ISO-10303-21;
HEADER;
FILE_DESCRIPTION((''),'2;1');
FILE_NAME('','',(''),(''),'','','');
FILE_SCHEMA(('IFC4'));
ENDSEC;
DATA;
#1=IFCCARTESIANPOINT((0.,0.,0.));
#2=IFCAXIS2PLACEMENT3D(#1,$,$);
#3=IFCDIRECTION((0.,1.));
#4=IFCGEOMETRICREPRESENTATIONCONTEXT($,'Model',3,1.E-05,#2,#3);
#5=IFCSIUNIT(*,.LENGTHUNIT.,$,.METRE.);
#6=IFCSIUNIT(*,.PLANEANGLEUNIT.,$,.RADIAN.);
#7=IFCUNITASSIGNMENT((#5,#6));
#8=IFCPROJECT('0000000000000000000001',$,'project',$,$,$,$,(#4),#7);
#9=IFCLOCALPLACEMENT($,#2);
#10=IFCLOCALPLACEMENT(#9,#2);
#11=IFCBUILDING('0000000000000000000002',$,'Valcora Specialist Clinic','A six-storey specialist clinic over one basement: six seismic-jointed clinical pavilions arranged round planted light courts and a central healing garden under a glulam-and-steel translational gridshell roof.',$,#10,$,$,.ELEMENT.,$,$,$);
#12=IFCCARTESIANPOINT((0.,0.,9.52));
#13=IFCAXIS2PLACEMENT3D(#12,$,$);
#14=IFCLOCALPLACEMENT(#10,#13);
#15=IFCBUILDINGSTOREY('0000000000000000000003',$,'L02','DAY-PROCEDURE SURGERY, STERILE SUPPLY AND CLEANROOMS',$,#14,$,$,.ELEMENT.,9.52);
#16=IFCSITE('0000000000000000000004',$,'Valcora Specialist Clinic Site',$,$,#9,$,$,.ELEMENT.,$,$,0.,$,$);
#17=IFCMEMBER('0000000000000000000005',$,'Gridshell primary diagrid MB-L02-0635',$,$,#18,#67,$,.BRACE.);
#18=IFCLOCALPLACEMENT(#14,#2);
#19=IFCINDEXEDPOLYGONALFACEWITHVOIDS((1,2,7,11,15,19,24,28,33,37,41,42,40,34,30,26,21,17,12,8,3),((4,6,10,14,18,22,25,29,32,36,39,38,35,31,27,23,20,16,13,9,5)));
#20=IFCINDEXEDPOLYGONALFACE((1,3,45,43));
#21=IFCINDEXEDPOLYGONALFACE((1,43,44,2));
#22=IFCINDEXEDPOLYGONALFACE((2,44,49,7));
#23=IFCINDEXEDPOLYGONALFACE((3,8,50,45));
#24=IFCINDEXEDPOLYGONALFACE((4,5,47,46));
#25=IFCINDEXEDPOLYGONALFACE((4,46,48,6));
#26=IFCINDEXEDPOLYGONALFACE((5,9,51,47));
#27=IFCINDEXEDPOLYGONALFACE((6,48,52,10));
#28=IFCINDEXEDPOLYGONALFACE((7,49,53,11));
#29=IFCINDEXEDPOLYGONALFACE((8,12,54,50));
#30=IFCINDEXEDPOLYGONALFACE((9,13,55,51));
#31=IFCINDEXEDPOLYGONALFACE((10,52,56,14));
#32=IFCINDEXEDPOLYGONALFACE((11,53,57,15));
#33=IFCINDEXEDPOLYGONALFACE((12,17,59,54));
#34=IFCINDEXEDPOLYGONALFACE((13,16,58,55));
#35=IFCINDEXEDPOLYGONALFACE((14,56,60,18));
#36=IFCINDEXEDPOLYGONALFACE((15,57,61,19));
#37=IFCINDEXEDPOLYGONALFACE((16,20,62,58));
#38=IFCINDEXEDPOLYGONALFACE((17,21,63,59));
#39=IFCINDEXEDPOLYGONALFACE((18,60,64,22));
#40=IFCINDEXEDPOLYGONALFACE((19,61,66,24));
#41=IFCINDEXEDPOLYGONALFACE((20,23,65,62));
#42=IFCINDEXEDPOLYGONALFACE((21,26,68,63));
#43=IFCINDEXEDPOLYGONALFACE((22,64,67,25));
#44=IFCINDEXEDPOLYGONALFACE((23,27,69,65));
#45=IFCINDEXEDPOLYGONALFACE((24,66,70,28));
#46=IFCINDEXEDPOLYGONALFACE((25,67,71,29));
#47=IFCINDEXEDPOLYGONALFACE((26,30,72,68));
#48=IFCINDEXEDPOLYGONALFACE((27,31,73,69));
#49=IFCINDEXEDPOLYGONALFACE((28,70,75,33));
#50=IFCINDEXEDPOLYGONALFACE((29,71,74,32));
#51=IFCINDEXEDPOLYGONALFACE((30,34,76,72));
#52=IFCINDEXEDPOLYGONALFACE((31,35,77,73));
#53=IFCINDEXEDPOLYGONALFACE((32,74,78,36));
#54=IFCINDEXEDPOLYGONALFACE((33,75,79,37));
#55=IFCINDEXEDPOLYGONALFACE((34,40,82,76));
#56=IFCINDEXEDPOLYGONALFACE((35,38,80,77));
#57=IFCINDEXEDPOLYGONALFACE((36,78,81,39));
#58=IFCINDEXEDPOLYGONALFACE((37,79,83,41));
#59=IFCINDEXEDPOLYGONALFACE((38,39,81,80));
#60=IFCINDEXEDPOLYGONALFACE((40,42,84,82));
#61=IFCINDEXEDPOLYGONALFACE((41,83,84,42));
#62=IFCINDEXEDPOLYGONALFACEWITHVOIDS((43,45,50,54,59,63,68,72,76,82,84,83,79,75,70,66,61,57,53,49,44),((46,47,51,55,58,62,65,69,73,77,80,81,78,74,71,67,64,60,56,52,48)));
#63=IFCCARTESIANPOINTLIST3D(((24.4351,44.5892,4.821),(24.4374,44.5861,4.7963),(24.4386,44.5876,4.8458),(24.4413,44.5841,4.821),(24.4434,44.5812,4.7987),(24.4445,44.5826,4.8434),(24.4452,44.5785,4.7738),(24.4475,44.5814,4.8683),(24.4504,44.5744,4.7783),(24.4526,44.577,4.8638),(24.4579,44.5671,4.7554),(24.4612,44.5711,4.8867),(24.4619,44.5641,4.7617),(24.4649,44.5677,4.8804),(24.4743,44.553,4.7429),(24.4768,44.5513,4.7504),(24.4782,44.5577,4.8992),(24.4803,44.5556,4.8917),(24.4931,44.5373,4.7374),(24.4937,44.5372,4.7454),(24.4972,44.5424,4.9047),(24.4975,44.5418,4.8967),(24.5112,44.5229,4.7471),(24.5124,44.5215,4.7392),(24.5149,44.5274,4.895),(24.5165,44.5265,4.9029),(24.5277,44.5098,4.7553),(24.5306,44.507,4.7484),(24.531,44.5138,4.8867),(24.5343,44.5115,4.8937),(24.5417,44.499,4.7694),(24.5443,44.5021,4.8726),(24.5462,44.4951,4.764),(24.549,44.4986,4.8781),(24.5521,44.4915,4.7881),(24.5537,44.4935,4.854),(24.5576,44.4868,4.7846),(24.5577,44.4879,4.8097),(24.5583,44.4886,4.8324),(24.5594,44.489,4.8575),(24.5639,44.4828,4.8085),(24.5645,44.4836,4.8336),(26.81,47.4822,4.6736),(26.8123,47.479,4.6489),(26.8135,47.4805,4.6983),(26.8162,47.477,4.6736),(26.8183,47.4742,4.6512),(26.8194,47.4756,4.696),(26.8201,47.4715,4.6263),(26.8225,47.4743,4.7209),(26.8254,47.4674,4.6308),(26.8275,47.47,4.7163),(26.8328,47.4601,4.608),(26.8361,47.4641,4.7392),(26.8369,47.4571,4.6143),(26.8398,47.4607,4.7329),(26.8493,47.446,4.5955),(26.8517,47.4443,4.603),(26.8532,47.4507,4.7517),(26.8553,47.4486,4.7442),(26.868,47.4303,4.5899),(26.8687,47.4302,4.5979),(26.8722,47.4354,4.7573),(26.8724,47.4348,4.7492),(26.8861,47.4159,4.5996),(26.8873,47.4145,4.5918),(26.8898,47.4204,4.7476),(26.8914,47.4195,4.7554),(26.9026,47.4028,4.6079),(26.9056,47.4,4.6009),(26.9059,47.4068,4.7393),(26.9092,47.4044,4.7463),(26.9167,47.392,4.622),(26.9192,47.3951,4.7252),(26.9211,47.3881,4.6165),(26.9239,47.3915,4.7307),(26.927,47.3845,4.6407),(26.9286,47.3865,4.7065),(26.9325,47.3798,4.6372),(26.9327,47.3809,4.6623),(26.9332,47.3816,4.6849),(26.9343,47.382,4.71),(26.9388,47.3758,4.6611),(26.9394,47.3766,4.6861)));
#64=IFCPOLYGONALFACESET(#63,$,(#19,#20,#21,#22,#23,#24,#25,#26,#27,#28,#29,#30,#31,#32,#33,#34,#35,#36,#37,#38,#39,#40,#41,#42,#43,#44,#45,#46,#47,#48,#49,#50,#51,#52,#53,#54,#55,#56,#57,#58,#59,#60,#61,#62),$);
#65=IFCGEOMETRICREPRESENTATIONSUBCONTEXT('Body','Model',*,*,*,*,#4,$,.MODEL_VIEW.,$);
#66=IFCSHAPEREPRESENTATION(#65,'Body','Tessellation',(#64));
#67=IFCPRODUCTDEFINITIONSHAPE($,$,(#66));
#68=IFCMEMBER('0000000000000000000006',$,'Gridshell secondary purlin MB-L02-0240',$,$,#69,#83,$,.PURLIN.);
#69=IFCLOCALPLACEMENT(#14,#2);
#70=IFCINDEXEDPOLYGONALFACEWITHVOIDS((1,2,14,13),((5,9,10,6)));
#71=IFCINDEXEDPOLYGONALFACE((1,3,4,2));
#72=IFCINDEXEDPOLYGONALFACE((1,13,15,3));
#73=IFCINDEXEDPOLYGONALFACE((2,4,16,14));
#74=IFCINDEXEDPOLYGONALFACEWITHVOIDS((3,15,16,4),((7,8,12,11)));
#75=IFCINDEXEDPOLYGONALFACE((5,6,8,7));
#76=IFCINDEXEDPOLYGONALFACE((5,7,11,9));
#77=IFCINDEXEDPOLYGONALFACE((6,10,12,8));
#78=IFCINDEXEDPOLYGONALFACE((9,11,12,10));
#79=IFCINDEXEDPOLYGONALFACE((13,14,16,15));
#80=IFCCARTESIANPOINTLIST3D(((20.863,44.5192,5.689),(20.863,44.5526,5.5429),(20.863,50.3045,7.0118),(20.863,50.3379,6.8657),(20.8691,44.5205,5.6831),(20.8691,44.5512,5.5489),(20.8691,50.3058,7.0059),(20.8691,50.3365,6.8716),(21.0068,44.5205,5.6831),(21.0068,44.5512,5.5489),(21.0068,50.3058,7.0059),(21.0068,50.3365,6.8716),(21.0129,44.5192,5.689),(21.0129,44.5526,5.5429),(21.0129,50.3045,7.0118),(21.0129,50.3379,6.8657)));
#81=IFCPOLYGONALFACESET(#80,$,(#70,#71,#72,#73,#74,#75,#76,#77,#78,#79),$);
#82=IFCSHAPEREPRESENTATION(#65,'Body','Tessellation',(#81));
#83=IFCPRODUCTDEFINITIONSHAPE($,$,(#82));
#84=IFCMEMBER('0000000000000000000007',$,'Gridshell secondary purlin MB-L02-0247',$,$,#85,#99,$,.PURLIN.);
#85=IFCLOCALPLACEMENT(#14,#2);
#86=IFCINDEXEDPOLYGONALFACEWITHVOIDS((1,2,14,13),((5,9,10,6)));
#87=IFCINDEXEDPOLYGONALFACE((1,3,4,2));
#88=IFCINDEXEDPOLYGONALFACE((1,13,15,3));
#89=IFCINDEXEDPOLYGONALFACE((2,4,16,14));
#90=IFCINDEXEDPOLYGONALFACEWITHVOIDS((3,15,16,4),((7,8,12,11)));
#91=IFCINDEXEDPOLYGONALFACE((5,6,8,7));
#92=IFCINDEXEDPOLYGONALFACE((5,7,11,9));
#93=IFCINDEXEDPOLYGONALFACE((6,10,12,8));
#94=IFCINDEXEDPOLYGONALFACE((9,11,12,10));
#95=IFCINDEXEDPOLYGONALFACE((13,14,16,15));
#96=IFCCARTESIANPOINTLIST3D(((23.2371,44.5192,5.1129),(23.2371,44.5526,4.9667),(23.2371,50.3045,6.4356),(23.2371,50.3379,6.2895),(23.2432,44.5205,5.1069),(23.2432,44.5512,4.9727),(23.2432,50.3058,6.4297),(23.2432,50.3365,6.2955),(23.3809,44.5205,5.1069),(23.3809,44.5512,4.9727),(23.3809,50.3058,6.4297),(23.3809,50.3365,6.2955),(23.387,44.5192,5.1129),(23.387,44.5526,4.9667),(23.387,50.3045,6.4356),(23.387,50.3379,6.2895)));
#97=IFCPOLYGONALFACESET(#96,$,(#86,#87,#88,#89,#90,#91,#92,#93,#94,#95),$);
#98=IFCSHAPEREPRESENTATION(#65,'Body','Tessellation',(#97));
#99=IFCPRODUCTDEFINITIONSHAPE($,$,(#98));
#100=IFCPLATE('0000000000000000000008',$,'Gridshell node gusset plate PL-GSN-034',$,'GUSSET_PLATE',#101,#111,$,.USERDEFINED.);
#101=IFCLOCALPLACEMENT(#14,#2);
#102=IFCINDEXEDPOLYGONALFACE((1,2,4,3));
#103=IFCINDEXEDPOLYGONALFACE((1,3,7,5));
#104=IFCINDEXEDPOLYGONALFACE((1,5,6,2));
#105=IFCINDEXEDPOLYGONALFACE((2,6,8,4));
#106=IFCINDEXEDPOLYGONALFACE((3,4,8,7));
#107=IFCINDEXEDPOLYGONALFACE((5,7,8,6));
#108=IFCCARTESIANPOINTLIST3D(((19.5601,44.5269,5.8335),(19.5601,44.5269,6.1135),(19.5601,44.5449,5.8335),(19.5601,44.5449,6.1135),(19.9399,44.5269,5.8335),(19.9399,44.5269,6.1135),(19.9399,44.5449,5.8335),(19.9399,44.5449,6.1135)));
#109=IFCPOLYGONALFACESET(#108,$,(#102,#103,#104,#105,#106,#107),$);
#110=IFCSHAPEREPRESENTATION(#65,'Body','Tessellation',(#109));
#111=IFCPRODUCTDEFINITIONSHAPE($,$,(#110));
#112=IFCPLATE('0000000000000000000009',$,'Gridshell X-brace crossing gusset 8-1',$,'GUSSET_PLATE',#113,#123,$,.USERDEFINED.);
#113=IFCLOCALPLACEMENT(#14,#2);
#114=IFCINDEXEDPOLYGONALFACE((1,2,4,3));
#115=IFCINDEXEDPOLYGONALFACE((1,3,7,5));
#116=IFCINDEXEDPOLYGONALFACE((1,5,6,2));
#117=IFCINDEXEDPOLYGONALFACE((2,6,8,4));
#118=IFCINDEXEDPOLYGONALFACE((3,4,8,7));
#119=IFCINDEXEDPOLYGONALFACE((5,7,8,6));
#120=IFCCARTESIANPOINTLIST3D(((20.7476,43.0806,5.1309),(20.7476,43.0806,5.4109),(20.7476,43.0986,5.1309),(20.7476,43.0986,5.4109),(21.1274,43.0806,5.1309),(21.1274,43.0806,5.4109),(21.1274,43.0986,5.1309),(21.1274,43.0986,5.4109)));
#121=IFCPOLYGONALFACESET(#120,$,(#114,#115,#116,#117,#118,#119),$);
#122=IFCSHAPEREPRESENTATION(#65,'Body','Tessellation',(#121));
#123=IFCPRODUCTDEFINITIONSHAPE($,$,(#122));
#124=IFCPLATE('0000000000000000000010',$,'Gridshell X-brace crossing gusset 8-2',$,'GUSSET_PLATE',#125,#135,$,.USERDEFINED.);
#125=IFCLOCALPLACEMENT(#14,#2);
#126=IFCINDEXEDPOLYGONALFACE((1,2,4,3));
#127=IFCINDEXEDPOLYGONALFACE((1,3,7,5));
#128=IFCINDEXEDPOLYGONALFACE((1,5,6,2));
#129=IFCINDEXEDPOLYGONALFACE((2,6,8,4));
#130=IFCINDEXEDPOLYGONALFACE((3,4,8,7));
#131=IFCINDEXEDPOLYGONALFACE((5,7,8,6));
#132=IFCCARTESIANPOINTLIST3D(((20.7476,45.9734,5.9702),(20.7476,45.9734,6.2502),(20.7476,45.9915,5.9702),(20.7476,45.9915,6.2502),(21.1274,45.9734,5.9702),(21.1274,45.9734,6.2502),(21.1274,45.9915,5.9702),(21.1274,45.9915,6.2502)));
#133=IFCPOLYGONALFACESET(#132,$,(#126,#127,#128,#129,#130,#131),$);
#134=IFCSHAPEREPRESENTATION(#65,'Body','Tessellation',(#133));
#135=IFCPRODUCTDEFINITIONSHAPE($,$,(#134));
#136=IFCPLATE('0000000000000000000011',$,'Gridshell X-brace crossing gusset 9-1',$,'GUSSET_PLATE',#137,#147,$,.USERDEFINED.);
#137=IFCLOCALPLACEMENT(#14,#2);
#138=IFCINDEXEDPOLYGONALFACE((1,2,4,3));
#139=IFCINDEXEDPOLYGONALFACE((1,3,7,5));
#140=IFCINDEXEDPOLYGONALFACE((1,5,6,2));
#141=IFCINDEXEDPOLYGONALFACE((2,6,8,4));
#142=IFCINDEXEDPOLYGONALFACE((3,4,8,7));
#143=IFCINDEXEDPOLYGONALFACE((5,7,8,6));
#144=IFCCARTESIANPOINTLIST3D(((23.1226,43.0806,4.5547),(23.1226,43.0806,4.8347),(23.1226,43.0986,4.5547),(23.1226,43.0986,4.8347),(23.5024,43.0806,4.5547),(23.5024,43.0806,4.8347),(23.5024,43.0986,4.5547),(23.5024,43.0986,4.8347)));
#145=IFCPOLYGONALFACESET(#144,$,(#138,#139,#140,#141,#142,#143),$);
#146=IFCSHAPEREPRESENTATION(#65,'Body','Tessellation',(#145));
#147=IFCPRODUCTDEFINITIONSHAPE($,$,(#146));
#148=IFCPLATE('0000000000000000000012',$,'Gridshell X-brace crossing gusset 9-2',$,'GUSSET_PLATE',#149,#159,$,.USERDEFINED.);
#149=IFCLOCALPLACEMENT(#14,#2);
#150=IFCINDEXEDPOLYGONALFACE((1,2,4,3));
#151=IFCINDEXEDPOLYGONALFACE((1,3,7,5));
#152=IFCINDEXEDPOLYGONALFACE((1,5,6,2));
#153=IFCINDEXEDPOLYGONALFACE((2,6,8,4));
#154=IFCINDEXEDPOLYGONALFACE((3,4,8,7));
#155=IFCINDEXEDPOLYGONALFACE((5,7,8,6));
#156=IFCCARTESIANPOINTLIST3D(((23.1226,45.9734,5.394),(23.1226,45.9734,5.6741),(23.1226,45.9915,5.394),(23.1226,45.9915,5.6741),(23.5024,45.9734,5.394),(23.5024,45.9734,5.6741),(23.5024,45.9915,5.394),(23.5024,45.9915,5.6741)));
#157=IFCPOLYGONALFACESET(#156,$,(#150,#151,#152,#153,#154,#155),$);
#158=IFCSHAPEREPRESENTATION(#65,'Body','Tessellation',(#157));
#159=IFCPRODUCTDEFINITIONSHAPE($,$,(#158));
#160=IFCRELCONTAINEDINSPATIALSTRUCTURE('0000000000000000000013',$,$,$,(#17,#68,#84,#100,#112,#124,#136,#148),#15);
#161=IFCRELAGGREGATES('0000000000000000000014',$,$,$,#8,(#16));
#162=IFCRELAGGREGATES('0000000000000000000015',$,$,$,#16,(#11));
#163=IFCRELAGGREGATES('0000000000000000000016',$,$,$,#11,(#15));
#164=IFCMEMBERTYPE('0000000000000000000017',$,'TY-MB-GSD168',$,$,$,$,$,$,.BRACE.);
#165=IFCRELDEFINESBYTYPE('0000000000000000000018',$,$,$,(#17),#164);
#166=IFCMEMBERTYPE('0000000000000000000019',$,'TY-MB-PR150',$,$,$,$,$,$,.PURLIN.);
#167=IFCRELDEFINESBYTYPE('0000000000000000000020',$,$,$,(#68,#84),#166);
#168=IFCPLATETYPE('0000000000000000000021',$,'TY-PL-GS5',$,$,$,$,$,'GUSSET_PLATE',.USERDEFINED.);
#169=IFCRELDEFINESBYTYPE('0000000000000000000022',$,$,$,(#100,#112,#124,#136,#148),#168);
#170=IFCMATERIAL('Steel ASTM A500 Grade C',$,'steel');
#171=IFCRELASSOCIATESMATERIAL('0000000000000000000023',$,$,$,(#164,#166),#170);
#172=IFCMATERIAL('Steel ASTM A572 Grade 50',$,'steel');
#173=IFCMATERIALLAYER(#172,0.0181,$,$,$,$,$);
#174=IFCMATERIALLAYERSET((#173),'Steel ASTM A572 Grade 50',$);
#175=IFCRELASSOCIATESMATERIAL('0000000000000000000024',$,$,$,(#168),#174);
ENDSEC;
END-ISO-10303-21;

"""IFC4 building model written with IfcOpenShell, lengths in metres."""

from ifc_helpers import new_model, si_unit, direction, frame, origin, origin_2d, place, context, subcontext, project, spatial, rectangle, hollow_rectangle, hollow_circle, extrude, material, layer, layer_set, material_profile, profile_set, type_object, element, save


model = new_model("IFC4")

# Units and contexts
model_context = context("Model", 3, precision=1e-05, world=origin(), true_north=direction((0.0, 1.0)))
body_context = subcontext(model_context, "Body", "Model", "MODEL_VIEW")
ifc_project = project(units=[si_unit("LENGTHUNIT", "METRE"), si_unit("PLANEANGLEUNIT", "RADIAN")], contexts=[model_context])

# Site, building, storey
site_placement = place(None, origin())
site = spatial("IfcSite", under=ifc_project, at=site_placement, Name="Valcora Specialist Clinic Site", CompositionType="ELEMENT", RefElevation=0.0)
building_placement = place(site_placement, origin())
building = spatial("IfcBuilding", under=site, at=building_placement, Name="Valcora Specialist Clinic", Description="A six-storey specialist clinic over one basement: six seismic-jointed clinical pavilions arranged round planted light courts and a central healing garden under a glulam-and-steel translational gridshell roof.", CompositionType="ELEMENT")
storey_placement = place(building_placement, frame((0.0, 0.0, 9.52)))
storey = spatial("IfcBuildingStorey", under=building, at=storey_placement, Name="L02", Description="DAY-PROCEDURE SURGERY, STERILE SUPPLY AND CLEANROOMS", CompositionType="ELEMENT", Elevation=9.52)

# Members
ifc_material_1 = material(Name="Steel ASTM A500 Grade C", Category="steel")
ifc_material_profile_1 = material_profile(ifc_material_1, hollow_circle(Radius=0.084, WallThickness=0.0081, at=origin_2d()), Name="ST-CHS-168X8")
ifc_profile_set_1 = profile_set([ifc_material_profile_1], Name="Steel ASTM A500 Grade C")
member_type_1 = type_object("IfcMemberType", Name="TY-MB-GSD168", PredefinedType="BRACE", material=ifc_profile_set_1)
member_1_placement = place(storey_placement, frame((24.5, 44.5359, 4.821), z_axis=(0.634017, 0.772317, -0.039365), x_axis=(-0.772916, 0.634508, 0.0)))
element("IfcMember", 1, at=member_1_placement, inside=storey, type_object=member_type_1, Name="Gridshell primary diagrid MB-L02-0635", PredefinedType="BRACE", context=body_context, shape_type="SweptSolid", body=[
    extrude(hollow_circle(Radius=0.084, WallThickness=0.0081, at=origin_2d()), origin(), (0.0, 0.0, 1.0), 3.7458),
])
ifc_material_profile_2 = material_profile(ifc_material_1, hollow_rectangle(XDim=0.1499, YDim=0.1499, WallThickness=0.0061, at=origin_2d()), Name="ST-RHS-150X150X6")
ifc_profile_set_2 = profile_set([ifc_material_profile_2], Name="Steel ASTM A500 Grade C")
member_type_2 = type_object("IfcMemberType", Name="TY-MB-PR150", PredefinedType="PURLIN", material=ifc_profile_set_2)
for number, where, z_axis, x_axis, name in (
    (2, (20.938, 44.5359, 5.616), (0.0, 0.974843, 0.222894), (-1.0, 0.0, 0.0), "Gridshell secondary purlin MB-L02-0240"),
    (3, (23.312, 44.5359, 5.0398), (0.0, 0.974843, 0.222894), (-1.0, 0.0, 0.0), "Gridshell secondary purlin MB-L02-0247"),
):
    element("IfcMember", number, at=place(storey_placement, frame(where, z_axis=z_axis, x_axis=x_axis)), inside=storey, type_object=member_type_2, Name=name, PredefinedType="PURLIN", context=body_context, shape_type="SweptSolid", body=[
        extrude(hollow_rectangle(XDim=0.1499, YDim=0.1499, WallThickness=0.0061, at=origin_2d()), origin(), (0.0, 0.0, 1.0), 5.9346),
    ])

# Plates
ifc_material_2 = material(Name="Steel ASTM A572 Grade 50", Category="steel")
ifc_layer = layer(ifc_material_2, 0.0181)
ifc_layer_set = layer_set([ifc_layer], Name="Steel ASTM A572 Grade 50")
plate_type = type_object("IfcPlateType", Name="TY-PL-GS5", ElementType="GUSSET_PLATE", PredefinedType="USERDEFINED", material=ifc_layer_set)
for number, where, z_axis, x_axis, name in (
    (4, (19.75, 44.5359, 5.8335), (0.0, 0.0, 1.0), (1.0, 0.0, 0.0), "Gridshell node gusset plate PL-GSN-034"),
    (5, (20.9375, 43.0896, 5.1309), (0.0, 0.0, 1.0), (1.0, 0.0, 0.0), "Gridshell X-brace crossing gusset 8-1"),
    (6, (20.9375, 45.9824, 5.9702), (0.0, 0.0, 1.0), (1.0, 0.0, 0.0), "Gridshell X-brace crossing gusset 8-2"),
    (7, (23.3125, 43.0896, 4.5547), (0.0, 0.0, 1.0), (1.0, 0.0, 0.0), "Gridshell X-brace crossing gusset 9-1"),
    (8, (23.3125, 45.9824, 5.394), (0.0, 0.0, 1.0), (1.0, 0.0, 0.0), "Gridshell X-brace crossing gusset 9-2"),
):
    element("IfcPlate", number, at=place(storey_placement, frame(where, z_axis=z_axis, x_axis=x_axis)), inside=storey, type_object=plate_type, Name=name, ObjectType="GUSSET_PLATE", PredefinedType="USERDEFINED", context=body_context, shape_type="SweptSolid", body=[
        extrude(rectangle(XDim=0.3799, YDim=0.0181, at=origin_2d()), origin(), (0.0, 0.0, 1.0), 0.28),
    ])

save(model, "model.ifc")
